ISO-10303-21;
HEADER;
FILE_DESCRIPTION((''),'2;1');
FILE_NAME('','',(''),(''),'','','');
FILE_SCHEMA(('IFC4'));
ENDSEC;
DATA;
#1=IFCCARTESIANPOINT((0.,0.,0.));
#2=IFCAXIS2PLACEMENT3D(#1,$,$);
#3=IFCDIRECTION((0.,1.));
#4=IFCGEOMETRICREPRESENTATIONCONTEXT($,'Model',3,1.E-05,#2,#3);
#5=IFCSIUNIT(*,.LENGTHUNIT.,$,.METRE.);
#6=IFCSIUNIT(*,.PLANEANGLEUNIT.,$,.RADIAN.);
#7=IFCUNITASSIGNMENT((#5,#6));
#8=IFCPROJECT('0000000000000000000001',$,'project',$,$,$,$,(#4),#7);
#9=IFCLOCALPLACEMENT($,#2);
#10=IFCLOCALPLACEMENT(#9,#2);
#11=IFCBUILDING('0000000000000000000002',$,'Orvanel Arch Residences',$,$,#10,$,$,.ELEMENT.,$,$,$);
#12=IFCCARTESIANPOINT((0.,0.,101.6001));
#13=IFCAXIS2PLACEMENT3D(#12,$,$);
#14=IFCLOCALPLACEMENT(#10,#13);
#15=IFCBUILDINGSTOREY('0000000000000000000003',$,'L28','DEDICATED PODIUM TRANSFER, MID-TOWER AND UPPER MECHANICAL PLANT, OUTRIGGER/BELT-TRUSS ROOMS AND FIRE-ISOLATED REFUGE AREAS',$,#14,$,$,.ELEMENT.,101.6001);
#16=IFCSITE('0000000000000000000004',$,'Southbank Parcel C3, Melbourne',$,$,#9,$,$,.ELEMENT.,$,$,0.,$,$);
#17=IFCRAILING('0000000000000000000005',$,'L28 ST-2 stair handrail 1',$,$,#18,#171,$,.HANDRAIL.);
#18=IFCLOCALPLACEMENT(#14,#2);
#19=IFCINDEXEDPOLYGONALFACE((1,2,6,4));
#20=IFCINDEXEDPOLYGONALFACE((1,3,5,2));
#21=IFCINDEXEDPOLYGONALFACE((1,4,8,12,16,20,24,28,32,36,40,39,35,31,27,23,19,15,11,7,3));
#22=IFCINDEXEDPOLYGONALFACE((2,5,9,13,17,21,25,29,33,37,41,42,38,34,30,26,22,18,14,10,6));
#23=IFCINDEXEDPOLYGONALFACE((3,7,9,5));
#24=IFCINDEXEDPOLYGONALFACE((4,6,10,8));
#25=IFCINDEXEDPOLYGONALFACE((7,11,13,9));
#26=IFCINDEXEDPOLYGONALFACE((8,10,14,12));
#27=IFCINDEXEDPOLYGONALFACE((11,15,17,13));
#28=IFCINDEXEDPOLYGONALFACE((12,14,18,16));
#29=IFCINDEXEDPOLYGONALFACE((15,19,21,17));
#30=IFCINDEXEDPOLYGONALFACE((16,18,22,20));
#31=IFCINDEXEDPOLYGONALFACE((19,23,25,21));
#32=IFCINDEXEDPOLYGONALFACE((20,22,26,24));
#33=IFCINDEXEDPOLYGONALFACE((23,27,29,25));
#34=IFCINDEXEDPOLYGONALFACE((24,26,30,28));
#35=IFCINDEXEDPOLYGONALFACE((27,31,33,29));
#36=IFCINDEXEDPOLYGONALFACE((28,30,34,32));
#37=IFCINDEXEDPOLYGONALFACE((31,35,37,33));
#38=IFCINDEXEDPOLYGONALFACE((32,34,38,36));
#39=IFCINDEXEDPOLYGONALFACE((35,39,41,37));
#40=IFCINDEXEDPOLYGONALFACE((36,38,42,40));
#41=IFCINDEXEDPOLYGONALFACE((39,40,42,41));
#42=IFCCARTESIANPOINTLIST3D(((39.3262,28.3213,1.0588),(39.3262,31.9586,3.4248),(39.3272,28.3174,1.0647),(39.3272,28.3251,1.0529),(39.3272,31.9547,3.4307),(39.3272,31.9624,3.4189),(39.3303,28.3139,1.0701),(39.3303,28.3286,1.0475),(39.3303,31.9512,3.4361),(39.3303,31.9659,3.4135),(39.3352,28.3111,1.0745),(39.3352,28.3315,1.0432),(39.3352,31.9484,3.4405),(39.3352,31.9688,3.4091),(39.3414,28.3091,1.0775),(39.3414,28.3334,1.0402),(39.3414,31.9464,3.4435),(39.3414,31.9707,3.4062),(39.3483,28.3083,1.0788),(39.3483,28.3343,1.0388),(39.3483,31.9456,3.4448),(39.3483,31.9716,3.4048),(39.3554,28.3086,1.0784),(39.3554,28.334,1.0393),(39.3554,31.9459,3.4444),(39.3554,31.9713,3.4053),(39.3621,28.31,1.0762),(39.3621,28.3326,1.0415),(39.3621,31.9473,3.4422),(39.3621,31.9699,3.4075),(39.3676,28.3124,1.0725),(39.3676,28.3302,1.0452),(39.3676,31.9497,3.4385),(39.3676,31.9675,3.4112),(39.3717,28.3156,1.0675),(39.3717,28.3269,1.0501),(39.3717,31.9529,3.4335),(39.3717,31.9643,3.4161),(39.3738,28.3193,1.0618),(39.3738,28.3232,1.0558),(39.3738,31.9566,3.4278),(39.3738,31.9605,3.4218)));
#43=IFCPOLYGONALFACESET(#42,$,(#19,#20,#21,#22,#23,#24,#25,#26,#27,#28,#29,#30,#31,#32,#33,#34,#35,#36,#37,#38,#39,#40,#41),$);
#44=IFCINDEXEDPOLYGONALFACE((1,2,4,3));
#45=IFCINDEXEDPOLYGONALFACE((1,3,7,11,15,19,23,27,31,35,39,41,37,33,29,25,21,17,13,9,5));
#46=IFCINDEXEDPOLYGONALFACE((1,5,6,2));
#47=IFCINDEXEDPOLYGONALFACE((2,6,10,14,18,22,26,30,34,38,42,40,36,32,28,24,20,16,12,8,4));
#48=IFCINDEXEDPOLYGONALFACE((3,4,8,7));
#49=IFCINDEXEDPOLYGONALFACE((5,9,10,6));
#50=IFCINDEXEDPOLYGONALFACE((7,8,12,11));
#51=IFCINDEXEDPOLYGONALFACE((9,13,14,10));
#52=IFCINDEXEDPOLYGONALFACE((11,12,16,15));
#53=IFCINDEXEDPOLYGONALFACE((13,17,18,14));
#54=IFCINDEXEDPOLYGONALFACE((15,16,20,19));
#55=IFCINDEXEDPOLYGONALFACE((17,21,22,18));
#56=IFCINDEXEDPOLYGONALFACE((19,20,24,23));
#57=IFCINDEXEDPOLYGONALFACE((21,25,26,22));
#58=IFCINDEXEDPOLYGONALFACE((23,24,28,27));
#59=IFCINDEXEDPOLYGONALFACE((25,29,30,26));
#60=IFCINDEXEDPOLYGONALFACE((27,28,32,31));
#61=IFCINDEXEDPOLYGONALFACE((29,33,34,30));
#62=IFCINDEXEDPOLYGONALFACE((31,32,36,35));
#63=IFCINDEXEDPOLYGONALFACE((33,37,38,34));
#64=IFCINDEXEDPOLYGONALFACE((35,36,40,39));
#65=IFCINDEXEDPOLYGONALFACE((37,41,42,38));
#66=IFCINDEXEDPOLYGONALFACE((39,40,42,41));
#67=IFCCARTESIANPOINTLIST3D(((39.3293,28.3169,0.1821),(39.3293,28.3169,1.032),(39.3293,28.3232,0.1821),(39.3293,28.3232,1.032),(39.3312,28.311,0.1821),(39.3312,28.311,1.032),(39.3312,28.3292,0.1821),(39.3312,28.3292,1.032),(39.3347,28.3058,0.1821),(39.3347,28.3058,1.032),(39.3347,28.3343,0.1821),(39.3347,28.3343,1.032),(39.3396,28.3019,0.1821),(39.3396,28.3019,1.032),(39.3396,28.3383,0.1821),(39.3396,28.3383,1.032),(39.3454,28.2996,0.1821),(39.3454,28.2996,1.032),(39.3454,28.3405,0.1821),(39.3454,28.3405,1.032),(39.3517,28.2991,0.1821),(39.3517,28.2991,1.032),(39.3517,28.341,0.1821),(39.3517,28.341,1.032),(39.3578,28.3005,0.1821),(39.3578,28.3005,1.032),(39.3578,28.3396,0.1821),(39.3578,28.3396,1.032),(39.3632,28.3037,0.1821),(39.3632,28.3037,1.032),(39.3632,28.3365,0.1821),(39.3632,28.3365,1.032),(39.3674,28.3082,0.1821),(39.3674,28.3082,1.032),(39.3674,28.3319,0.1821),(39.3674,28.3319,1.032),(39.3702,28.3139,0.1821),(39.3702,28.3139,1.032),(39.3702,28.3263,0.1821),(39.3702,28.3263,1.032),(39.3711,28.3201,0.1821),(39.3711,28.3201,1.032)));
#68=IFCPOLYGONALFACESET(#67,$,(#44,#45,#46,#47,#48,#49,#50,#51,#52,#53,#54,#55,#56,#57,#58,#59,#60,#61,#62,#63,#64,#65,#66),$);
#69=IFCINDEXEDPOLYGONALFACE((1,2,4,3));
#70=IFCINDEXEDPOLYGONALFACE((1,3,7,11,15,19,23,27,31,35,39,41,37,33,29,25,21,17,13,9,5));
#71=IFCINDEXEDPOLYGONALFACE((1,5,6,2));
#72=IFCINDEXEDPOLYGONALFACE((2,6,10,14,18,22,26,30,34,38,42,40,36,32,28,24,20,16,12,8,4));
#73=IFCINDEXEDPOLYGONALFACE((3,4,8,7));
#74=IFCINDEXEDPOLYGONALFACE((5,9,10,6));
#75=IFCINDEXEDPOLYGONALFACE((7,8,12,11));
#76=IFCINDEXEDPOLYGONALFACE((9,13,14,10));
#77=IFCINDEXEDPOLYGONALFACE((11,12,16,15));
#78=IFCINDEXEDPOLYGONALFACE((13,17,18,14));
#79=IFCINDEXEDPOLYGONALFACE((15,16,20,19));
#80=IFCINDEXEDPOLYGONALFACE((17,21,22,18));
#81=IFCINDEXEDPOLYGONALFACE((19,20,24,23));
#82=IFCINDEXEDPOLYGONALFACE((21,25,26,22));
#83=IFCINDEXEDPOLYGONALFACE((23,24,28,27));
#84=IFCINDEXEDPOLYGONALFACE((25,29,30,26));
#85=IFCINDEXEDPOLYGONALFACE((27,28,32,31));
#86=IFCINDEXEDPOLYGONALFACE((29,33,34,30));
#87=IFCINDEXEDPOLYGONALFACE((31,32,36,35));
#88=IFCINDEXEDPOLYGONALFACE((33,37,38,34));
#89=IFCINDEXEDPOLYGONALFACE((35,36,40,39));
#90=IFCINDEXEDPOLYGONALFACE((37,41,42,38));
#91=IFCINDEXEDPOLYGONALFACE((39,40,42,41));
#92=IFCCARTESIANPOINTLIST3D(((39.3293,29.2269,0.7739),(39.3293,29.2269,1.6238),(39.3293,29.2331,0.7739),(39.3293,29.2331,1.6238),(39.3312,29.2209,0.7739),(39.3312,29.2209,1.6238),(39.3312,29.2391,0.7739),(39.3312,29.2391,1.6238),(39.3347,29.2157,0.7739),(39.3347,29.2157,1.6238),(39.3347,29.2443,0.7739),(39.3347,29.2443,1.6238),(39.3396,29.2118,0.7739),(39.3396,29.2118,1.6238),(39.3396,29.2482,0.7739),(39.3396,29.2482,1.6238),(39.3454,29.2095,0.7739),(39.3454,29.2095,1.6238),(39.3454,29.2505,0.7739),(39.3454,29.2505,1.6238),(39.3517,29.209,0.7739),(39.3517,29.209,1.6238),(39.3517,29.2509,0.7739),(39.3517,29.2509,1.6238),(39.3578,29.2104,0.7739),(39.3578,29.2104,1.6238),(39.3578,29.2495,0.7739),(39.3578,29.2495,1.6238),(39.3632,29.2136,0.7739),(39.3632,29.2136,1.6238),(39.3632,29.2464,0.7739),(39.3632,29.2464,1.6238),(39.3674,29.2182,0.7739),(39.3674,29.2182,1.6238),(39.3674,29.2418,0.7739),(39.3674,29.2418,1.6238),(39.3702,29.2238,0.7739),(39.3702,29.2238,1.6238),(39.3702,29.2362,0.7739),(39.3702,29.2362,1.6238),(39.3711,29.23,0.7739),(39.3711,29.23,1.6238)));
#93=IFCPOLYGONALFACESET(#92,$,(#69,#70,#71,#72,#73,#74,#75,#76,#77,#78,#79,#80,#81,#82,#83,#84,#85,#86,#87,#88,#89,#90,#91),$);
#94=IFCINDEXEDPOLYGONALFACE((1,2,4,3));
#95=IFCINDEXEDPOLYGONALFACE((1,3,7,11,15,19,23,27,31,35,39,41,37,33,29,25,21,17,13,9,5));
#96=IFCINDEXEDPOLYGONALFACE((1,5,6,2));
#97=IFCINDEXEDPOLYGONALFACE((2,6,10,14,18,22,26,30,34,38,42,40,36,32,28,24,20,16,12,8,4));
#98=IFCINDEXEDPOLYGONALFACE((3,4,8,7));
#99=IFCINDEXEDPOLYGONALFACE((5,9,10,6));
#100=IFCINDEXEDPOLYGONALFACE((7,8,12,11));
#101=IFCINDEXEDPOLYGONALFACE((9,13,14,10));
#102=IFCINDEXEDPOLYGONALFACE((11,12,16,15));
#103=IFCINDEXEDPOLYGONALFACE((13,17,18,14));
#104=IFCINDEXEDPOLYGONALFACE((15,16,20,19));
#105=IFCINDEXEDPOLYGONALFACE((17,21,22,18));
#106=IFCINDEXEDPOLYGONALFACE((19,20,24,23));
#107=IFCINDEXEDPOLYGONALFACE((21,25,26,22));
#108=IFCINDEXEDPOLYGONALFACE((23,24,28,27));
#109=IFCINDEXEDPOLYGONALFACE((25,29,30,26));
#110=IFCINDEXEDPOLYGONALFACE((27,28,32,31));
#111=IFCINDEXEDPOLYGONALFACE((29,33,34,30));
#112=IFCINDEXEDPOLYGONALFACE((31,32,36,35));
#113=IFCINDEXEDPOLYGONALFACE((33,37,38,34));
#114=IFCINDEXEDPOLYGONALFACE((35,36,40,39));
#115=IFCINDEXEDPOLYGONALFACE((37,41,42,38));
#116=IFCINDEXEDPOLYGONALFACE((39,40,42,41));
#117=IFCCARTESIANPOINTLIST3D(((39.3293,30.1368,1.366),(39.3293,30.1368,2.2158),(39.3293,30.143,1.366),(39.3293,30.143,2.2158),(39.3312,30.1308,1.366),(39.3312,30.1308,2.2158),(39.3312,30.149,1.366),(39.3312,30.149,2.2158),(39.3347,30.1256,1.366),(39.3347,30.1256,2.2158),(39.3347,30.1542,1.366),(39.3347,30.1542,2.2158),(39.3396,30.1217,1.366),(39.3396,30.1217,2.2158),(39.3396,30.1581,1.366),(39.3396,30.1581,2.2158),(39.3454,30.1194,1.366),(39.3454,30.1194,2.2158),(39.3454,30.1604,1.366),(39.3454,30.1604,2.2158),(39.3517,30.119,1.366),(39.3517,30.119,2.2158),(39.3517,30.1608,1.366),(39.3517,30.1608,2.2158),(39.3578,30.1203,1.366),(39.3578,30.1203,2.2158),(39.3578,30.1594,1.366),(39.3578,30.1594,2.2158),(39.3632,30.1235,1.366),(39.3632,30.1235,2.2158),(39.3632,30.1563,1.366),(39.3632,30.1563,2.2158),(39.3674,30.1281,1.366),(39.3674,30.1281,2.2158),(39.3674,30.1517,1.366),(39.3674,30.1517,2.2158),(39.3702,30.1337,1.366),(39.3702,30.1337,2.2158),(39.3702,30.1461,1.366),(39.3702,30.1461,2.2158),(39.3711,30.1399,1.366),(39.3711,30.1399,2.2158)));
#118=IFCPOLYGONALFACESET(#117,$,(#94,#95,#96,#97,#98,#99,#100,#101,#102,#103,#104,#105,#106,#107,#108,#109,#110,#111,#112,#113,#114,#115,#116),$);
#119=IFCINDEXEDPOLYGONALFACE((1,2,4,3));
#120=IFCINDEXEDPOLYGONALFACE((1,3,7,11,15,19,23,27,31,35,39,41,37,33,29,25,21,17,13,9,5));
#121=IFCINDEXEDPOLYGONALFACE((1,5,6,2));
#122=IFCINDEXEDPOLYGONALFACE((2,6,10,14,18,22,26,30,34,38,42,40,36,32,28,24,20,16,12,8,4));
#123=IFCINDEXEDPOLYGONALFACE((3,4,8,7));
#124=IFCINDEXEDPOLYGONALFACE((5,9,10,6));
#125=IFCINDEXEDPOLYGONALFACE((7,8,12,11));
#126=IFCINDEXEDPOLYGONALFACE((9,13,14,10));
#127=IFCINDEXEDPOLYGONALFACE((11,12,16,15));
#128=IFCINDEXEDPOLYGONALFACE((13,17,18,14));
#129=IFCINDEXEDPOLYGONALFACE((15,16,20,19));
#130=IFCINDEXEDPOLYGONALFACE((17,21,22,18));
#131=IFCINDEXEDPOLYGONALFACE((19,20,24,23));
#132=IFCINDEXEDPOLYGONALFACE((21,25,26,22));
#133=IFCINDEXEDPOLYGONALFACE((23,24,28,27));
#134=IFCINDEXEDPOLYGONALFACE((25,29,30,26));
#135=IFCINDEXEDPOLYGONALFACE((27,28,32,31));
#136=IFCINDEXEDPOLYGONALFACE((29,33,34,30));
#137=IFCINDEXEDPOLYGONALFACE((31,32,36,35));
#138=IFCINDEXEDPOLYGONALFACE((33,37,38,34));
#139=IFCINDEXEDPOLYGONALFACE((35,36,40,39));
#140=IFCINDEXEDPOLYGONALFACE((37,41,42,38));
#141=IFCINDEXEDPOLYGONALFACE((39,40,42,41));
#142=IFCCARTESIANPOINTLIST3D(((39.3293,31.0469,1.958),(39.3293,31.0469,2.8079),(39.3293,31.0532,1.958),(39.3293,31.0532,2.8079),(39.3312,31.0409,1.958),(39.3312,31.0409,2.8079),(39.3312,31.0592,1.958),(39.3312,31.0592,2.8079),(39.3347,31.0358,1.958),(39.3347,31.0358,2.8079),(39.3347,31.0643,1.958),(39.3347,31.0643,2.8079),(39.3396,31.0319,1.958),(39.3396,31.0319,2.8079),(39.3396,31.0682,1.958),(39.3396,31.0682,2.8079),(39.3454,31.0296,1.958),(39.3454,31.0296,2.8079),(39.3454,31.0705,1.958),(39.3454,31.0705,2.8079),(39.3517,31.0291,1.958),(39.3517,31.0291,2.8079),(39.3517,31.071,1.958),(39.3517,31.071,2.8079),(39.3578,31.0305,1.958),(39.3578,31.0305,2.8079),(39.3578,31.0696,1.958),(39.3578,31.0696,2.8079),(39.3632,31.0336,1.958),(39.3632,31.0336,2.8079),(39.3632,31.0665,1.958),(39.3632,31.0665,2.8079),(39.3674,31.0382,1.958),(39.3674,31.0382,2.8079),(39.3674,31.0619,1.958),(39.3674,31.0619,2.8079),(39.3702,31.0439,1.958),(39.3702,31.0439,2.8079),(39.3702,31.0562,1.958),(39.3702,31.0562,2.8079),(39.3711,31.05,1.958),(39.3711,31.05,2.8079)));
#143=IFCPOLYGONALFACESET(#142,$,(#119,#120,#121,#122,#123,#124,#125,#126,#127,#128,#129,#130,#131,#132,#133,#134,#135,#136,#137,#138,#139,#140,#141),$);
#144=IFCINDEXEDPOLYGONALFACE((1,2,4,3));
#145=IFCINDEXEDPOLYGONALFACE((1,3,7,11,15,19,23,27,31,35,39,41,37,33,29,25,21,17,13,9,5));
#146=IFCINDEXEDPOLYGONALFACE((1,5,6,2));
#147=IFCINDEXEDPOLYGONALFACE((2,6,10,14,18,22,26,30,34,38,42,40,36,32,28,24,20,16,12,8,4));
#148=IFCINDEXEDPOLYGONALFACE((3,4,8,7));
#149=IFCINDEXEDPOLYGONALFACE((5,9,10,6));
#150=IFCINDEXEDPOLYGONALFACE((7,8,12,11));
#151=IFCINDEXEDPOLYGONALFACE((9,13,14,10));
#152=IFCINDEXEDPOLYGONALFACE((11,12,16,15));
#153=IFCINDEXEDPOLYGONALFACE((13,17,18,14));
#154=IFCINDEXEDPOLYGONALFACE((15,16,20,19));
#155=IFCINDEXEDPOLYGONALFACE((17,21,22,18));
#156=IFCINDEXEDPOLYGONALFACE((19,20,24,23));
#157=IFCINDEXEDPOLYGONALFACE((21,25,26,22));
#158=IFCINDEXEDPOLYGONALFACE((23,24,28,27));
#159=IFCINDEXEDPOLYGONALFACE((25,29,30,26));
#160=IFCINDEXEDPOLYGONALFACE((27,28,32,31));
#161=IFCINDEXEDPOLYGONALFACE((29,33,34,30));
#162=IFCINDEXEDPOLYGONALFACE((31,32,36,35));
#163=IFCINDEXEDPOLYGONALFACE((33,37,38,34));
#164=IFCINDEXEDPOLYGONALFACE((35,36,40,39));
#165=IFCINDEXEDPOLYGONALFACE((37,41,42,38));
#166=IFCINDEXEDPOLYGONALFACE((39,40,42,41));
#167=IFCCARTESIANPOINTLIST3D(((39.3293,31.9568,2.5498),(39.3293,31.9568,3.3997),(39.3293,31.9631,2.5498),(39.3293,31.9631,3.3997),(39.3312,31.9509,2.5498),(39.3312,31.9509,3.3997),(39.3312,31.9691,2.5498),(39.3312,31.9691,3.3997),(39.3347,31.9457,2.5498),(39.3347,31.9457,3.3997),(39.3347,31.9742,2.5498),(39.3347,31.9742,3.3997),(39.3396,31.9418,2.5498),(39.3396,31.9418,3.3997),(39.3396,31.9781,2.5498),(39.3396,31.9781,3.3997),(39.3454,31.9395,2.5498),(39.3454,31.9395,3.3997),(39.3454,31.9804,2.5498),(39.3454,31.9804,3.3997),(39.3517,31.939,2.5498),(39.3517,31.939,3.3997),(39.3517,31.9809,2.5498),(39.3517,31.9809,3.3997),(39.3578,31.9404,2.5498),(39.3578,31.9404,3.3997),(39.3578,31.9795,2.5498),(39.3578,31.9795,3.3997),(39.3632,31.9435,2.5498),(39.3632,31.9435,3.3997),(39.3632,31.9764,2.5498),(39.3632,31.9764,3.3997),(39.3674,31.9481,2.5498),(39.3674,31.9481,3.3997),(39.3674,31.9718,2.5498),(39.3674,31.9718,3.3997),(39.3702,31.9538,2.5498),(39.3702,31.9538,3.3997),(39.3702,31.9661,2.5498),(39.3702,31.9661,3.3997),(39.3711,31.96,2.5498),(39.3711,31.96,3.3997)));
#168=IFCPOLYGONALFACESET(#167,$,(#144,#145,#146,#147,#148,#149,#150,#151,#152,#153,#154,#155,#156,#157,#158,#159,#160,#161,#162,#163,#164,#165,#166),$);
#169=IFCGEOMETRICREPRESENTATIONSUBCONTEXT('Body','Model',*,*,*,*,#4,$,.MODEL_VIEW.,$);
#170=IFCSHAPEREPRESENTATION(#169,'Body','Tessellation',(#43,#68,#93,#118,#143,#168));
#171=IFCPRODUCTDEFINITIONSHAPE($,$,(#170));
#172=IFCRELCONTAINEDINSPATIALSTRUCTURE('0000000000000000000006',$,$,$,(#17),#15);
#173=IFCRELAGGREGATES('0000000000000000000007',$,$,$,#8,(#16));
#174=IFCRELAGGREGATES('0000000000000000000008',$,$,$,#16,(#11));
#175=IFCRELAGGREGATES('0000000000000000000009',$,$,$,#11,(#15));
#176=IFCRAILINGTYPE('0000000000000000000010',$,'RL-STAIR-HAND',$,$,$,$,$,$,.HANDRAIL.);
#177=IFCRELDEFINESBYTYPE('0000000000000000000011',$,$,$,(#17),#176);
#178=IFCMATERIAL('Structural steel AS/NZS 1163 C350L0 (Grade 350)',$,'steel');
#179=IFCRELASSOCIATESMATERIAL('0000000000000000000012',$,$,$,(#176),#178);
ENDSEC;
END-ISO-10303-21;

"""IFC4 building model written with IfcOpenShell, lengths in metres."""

from ifc_helpers import new_model, si_unit, direction, frame, origin, origin_2d, place, context, subcontext, project, spatial, circle, extrude, material, type_object, element, save


model = new_model("IFC4")

# Units and contexts
model_context = context("Model", 3, precision=1e-05, world=origin(), true_north=direction((0.0, 1.0)))
body_context = subcontext(model_context, "Body", "Model", "MODEL_VIEW")
ifc_project = project(units=[si_unit("LENGTHUNIT", "METRE"), si_unit("PLANEANGLEUNIT", "RADIAN")], contexts=[model_context])

# Site, building, storey
site_placement = place(None, origin())
site = spatial("IfcSite", under=ifc_project, at=site_placement, Name="Southbank Parcel C3, Melbourne", CompositionType="ELEMENT", RefElevation=0.0)
building_placement = place(site_placement, origin())
building = spatial("IfcBuilding", under=site, at=building_placement, Name="Orvanel Arch Residences", CompositionType="ELEMENT")
storey_placement = place(building_placement, frame((0.0, 0.0, 101.6001)))
storey = spatial("IfcBuildingStorey", under=building, at=storey_placement, Name="L28", Description="DEDICATED PODIUM TRANSFER, MID-TOWER AND UPPER MECHANICAL PLANT, OUTRIGGER/BELT-TRUSS ROOMS AND FIRE-ISOLATED REFUGE AREAS", CompositionType="ELEMENT", Elevation=101.6001)

# Railing
ifc_material_1 = material(Name="Structural steel AS/NZS 1163 C350L0 (Grade 350)", Category="steel")
railing_type_1 = type_object("IfcRailingType", Name="RL-STAIR-HAND", PredefinedType="HANDRAIL", material=ifc_material_1)
railing_1_placement = place(storey_placement, frame((39.3501, 28.3201, 0.1821)))
element("IfcRailing", 1, at=railing_1_placement, inside=storey, type_object=railing_type_1, Name="L28 ST-2 stair handrail 1", PredefinedType="HANDRAIL", context=body_context, shape_type="SweptSolid", body=[
    extrude(circle(Radius=0.0239, at=origin_2d()), frame((0.0, 0.0012, 0.8767), z_axis=(0.0, 0.83826, 0.545271), x_axis=(-1.0, 0.0, 0.0)), (0.0, 0.0, 1.0), 4.3391),
    extrude(circle(Radius=0.021, at=origin_2d()), origin(), (0.0, 0.0, 1.0), 0.8499),
    extrude(circle(Radius=0.021, at=origin_2d()), frame((0.0, 0.9099, 0.5918)), (0.0, 0.0, 1.0), 0.8499),
    extrude(circle(Radius=0.021, at=origin_2d()), frame((0.0, 1.8198, 1.1838)), (0.0, 0.0, 1.0), 0.8499),
    extrude(circle(Radius=0.021, at=origin_2d()), frame((0.0, 2.73, 1.7759)), (0.0, 0.0, 1.0), 0.8499),
    extrude(circle(Radius=0.021, at=origin_2d()), frame((0.0, 3.6399, 2.3677)), (0.0, 0.0, 1.0), 0.8499),
])

save(model, "model.ifc")
